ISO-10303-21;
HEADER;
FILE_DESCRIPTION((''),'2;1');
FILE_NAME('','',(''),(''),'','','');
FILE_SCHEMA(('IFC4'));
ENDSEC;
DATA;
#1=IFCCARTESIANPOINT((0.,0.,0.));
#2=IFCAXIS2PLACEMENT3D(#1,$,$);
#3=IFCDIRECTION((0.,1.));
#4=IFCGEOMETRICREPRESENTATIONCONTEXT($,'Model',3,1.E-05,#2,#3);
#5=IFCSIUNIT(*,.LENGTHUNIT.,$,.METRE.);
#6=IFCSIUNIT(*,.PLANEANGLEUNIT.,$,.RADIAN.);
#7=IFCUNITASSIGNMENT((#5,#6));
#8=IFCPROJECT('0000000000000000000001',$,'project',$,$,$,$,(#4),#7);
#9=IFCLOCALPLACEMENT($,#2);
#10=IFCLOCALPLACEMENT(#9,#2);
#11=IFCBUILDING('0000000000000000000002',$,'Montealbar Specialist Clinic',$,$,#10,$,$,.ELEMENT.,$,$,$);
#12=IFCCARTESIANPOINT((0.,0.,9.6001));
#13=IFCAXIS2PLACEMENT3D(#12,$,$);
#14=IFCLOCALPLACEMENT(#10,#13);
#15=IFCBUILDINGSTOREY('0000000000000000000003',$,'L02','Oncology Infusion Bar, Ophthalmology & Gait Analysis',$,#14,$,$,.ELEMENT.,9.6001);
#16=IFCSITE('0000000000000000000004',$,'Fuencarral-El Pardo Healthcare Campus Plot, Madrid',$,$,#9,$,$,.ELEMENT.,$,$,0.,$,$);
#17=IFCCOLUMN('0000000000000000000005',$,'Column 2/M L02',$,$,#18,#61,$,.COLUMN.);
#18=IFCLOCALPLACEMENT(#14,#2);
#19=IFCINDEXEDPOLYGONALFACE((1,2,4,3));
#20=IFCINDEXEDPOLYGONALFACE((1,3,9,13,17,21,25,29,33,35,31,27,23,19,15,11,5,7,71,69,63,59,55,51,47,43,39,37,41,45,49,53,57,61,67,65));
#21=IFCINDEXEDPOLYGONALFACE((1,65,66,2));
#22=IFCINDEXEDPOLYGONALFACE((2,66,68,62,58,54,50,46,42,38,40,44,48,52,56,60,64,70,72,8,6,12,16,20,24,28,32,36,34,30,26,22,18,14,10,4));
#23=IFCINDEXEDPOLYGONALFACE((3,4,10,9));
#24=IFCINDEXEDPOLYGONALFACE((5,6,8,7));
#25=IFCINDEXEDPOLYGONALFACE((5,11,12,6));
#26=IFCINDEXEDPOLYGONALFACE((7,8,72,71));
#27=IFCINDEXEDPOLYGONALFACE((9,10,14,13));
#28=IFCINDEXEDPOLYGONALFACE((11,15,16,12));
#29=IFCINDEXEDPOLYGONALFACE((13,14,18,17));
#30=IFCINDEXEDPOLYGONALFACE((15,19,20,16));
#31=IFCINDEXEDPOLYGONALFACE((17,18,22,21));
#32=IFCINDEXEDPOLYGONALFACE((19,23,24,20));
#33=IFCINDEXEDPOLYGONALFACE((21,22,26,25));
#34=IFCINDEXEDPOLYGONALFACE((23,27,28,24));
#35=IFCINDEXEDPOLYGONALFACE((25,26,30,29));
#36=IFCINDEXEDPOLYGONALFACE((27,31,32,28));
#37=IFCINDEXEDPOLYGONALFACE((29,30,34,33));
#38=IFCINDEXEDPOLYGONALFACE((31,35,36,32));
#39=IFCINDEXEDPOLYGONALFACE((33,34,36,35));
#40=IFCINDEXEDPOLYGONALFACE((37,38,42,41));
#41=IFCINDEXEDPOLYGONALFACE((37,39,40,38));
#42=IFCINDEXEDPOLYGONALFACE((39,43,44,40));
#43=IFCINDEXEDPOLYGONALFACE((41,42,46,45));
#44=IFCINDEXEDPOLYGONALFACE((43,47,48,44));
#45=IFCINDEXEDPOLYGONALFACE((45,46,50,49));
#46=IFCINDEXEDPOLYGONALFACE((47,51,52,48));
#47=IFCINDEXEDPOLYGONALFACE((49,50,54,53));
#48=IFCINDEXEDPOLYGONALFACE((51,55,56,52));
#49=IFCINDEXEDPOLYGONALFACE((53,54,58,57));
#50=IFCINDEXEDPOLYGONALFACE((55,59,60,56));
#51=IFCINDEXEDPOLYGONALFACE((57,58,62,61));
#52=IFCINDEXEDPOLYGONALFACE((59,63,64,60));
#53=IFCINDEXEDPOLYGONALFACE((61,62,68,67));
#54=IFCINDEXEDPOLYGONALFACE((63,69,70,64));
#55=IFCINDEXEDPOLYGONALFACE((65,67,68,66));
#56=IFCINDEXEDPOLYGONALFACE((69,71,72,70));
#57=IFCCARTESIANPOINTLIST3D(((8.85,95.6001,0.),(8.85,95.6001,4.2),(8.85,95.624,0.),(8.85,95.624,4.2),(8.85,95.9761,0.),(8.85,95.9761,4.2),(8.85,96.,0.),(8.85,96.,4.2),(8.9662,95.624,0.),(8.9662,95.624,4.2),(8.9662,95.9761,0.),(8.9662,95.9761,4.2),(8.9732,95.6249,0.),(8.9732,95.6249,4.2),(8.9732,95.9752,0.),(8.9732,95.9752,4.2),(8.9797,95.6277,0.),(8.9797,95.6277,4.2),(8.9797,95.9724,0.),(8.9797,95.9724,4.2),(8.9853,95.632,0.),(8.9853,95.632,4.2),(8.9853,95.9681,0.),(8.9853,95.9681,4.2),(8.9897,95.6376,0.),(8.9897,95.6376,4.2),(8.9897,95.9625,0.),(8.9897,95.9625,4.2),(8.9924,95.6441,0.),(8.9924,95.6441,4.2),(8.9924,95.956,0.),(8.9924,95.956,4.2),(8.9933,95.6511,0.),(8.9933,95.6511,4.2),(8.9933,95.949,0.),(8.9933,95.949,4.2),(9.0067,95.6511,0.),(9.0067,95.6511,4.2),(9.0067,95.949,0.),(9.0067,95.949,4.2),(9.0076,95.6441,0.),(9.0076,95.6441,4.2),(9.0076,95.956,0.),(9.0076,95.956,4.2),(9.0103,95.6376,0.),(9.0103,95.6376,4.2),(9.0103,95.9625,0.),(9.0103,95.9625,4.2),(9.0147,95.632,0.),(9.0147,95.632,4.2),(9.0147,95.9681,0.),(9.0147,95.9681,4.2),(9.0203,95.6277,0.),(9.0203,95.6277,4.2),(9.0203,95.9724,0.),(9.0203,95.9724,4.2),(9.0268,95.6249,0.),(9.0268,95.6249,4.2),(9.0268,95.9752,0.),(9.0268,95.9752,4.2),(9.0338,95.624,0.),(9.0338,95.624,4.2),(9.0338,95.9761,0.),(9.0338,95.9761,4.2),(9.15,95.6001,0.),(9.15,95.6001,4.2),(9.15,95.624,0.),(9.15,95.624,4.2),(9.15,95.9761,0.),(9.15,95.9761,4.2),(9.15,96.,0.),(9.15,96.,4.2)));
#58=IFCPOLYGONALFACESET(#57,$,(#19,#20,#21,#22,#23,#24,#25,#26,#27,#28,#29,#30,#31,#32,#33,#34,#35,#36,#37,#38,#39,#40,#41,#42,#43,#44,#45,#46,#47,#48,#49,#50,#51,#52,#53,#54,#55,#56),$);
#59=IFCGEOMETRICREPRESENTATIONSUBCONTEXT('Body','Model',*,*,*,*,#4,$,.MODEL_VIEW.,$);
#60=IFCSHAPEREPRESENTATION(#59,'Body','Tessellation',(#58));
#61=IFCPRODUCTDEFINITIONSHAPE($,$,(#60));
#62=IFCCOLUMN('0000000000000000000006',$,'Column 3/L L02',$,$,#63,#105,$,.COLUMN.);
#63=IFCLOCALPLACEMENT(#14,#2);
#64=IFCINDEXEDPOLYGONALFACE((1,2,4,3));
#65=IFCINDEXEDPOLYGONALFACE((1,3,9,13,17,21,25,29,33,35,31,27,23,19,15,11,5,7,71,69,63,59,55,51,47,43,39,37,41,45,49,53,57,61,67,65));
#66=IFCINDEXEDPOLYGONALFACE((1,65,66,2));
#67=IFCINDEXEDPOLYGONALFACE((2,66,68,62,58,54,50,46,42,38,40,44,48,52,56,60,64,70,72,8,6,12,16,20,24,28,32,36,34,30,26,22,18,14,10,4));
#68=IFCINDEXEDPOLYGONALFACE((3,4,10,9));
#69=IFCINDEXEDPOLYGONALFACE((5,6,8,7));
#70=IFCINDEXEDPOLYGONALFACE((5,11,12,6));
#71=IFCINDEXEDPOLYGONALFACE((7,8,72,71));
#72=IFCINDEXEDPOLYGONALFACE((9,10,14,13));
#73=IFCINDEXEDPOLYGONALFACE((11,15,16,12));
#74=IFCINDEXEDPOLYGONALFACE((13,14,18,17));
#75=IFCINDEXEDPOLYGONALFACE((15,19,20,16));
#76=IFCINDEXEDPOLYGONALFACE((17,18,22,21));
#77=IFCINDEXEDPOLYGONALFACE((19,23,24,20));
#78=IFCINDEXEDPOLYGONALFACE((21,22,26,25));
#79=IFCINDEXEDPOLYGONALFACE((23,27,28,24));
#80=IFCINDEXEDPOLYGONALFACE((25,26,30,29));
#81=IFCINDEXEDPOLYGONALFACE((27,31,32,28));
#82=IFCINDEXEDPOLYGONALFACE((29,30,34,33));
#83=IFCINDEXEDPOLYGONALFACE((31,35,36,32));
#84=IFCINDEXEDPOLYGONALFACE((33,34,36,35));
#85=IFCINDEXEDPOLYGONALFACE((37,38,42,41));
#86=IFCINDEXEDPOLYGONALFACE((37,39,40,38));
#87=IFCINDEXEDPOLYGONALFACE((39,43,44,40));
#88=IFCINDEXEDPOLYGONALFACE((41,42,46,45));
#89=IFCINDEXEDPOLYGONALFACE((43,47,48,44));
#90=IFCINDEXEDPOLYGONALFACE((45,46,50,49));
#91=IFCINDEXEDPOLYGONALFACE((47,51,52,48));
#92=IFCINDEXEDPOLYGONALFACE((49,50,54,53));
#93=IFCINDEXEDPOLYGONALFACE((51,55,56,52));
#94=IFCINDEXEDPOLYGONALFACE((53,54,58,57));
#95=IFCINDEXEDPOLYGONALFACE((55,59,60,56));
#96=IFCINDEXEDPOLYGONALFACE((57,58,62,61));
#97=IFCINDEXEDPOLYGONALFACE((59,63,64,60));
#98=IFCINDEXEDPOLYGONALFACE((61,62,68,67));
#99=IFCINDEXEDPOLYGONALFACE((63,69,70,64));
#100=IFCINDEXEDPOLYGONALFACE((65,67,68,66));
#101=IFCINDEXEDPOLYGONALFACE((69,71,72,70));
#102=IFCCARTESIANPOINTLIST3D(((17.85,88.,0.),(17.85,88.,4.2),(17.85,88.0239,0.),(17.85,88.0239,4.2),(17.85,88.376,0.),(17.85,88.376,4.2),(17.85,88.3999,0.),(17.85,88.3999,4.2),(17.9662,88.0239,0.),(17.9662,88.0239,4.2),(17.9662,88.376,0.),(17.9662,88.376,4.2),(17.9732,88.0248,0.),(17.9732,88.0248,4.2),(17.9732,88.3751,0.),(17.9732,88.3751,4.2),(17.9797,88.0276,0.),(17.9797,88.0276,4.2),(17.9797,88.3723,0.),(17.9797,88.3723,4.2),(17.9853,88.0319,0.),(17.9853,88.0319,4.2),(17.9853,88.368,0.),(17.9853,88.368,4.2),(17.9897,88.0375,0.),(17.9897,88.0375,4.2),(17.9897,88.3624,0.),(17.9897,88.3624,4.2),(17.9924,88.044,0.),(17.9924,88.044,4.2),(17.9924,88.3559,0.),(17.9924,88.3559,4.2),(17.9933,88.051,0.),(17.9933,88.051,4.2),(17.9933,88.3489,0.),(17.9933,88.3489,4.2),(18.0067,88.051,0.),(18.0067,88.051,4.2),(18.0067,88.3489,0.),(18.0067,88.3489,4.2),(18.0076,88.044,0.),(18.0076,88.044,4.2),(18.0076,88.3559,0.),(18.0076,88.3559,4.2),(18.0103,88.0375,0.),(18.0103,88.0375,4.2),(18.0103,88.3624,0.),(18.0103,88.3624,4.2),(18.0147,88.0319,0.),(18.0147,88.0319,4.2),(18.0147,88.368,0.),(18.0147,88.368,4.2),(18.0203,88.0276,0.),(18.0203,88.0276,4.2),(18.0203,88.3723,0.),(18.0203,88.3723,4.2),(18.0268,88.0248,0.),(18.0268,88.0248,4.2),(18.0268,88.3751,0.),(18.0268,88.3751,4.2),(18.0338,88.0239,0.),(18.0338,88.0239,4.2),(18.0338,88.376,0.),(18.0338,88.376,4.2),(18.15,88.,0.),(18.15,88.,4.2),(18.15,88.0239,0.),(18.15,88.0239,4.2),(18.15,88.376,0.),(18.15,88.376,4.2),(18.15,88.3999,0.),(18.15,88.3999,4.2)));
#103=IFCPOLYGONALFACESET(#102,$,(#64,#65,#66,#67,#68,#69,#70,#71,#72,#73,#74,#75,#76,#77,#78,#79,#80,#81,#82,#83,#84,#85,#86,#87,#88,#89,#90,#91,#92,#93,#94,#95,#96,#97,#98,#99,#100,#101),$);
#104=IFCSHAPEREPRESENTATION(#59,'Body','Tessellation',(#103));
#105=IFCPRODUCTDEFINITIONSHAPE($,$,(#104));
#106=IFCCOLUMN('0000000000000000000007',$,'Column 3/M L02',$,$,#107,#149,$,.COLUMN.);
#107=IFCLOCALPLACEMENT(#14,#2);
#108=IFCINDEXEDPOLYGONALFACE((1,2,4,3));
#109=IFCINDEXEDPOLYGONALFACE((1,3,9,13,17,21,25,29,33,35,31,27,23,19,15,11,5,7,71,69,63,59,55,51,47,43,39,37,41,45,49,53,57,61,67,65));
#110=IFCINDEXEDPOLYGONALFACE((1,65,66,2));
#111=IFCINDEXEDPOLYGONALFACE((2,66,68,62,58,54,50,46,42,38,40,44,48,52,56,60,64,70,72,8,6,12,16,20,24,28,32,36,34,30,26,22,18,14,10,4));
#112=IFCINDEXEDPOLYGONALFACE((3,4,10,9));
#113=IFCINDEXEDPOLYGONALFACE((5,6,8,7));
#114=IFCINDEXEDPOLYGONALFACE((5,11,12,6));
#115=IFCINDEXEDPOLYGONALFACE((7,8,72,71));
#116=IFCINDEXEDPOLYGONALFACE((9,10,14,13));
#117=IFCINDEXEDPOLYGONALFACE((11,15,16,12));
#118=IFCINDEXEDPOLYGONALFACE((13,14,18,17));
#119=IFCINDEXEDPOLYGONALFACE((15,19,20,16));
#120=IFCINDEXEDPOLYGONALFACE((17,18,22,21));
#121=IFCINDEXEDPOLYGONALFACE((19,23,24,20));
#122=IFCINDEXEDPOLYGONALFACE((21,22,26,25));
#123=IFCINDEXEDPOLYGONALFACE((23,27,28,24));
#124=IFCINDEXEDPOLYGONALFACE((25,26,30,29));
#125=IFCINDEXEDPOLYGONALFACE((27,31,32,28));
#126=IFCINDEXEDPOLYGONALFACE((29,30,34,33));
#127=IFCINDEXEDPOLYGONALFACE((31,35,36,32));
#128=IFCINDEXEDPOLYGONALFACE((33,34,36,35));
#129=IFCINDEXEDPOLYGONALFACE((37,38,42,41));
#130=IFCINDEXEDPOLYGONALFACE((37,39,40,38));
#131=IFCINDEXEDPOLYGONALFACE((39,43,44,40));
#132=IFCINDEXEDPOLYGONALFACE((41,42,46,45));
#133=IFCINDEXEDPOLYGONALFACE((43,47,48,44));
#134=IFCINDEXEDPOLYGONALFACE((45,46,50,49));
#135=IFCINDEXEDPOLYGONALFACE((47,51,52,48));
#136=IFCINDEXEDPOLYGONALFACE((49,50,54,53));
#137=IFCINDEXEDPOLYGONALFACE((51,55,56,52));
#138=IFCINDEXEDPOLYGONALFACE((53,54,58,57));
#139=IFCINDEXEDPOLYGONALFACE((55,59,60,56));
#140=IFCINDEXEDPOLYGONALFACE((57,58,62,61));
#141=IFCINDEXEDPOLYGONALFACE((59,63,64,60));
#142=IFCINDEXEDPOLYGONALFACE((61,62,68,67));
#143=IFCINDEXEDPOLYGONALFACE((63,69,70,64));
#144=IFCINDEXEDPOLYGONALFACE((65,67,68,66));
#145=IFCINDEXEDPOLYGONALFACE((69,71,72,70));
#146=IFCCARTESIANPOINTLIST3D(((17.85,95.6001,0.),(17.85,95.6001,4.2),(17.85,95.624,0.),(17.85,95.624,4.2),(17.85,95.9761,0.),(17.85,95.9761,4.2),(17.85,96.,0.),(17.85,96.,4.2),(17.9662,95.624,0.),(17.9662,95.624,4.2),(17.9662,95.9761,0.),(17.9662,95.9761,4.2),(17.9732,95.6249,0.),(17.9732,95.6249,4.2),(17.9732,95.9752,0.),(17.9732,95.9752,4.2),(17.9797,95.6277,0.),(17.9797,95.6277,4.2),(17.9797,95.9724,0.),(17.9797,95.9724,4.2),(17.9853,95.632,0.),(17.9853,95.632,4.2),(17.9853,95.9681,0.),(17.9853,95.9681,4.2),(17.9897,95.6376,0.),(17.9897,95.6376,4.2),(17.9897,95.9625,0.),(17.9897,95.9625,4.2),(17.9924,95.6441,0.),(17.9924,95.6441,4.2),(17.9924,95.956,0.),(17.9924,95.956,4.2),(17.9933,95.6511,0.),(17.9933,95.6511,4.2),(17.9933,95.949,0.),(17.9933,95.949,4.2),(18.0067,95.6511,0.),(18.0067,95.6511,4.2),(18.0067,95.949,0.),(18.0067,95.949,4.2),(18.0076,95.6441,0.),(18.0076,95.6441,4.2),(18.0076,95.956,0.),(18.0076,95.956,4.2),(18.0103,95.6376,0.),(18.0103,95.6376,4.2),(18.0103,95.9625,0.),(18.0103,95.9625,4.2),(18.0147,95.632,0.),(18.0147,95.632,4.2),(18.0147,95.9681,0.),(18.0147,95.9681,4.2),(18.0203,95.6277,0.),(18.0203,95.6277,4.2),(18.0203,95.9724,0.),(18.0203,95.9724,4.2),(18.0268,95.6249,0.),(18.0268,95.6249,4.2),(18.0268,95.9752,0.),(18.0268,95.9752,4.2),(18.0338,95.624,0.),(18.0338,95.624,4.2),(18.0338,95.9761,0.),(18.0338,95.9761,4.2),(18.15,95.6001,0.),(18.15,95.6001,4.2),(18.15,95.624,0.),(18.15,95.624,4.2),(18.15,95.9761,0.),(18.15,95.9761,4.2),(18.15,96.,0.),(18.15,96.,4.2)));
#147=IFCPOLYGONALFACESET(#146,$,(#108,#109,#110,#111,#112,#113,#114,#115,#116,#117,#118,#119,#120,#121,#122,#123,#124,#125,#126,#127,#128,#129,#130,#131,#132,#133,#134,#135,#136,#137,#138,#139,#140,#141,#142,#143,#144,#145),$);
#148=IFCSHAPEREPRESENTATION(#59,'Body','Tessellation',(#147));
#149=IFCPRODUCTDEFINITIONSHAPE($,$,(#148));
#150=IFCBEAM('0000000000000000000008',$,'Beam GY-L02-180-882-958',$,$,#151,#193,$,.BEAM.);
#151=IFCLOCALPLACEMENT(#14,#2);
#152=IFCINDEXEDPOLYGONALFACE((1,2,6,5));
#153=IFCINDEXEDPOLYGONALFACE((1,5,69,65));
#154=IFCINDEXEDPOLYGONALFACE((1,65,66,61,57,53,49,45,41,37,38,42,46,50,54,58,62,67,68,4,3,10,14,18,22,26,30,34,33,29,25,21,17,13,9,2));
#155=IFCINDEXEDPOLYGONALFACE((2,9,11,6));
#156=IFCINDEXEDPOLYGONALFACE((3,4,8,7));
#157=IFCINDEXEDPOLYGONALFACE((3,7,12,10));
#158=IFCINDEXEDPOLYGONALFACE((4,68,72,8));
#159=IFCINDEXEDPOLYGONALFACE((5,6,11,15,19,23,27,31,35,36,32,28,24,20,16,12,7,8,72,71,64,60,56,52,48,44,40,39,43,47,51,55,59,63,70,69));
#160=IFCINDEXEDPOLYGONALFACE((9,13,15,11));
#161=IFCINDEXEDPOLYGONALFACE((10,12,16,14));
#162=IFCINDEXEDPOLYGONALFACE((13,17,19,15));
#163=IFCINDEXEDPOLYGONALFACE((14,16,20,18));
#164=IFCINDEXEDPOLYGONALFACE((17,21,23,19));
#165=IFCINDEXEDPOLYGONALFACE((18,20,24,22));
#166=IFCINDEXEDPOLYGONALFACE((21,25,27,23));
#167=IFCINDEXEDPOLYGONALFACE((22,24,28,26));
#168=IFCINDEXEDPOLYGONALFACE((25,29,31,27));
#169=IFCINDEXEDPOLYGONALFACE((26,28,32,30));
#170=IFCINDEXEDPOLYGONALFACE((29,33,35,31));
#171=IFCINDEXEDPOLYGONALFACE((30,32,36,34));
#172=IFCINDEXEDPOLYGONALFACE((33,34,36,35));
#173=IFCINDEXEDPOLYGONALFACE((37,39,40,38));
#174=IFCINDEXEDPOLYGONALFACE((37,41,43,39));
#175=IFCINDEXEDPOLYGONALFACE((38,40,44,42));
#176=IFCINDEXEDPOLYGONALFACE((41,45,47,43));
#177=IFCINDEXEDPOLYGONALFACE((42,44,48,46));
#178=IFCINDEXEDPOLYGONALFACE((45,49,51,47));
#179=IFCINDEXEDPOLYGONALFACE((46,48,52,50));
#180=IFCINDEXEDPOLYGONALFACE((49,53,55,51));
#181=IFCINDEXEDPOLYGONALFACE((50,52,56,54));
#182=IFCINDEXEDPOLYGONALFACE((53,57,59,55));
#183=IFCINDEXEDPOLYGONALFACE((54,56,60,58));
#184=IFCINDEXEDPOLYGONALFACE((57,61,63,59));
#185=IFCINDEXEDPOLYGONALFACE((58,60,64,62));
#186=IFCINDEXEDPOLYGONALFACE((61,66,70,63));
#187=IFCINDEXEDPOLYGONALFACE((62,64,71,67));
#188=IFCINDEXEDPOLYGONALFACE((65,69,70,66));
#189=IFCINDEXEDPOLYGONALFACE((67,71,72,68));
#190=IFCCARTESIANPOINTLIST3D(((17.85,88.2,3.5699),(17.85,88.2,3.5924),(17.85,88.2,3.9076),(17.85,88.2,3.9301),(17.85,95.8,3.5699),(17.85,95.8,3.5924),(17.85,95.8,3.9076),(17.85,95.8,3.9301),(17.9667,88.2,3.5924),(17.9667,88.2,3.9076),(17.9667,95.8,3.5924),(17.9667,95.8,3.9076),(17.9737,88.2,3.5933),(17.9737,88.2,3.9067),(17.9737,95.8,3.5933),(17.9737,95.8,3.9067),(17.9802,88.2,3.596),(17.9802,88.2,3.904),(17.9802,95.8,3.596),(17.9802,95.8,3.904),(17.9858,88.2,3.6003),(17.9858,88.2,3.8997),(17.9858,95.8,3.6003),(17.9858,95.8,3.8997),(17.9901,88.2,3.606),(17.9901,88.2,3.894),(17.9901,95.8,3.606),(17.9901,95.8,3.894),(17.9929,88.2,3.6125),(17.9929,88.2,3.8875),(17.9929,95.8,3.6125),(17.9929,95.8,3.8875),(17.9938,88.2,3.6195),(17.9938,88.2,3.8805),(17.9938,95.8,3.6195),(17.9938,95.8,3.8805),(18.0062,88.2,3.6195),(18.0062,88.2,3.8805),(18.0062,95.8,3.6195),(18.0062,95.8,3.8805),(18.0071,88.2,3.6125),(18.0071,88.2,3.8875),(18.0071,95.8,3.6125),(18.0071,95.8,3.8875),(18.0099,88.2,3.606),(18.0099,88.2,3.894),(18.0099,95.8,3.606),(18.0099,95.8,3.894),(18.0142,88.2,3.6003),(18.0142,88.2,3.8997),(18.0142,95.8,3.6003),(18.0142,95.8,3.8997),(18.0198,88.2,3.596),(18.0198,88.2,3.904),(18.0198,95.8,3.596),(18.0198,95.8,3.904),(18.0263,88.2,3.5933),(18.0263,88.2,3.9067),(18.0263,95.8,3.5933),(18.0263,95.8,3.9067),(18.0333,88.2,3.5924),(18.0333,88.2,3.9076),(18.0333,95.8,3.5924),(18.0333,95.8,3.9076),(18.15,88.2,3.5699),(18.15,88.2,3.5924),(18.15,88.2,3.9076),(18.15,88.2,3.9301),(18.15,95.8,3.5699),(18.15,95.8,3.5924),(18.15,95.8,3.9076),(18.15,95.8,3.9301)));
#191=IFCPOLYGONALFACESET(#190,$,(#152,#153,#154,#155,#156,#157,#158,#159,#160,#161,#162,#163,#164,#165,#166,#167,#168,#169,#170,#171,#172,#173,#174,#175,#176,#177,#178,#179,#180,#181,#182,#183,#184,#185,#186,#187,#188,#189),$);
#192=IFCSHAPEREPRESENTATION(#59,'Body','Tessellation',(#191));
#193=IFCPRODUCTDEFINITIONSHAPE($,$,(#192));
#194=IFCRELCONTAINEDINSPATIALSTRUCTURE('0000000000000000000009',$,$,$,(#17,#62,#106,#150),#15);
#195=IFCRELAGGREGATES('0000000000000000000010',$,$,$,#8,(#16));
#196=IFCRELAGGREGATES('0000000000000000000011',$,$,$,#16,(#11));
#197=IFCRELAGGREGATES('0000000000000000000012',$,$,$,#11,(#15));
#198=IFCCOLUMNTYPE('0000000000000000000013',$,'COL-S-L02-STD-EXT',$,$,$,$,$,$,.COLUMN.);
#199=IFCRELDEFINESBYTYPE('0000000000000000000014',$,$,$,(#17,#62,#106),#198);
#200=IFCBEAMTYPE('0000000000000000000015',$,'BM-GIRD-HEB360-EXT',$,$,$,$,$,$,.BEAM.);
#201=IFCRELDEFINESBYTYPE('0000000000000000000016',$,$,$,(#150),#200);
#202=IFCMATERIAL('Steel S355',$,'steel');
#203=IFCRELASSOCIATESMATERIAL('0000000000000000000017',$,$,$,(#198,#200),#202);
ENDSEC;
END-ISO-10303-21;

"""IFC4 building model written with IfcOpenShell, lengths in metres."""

from ifc_helpers import new_model, si_unit, direction, frame, origin, origin_2d, place, context, subcontext, project, spatial, i_section, extrude, material, material_profile, profile_set, type_object, element, save


model = new_model("IFC4")

# Units and contexts
model_context = context("Model", 3, precision=1e-05, world=origin(), true_north=direction((0.0, 1.0)))
body_context = subcontext(model_context, "Body", "Model", "MODEL_VIEW")
ifc_project = project(units=[si_unit("LENGTHUNIT", "METRE"), si_unit("PLANEANGLEUNIT", "RADIAN")], contexts=[model_context])

# Site, building, storey
site_placement = place(None, origin())
site = spatial("IfcSite", under=ifc_project, at=site_placement, Name="Fuencarral-El Pardo Healthcare Campus Plot, Madrid", CompositionType="ELEMENT", RefElevation=0.0)
building_placement = place(site_placement, origin())
building = spatial("IfcBuilding", under=site, at=building_placement, Name="Montealbar Specialist Clinic", CompositionType="ELEMENT")
storey_placement = place(building_placement, frame((0.0, 0.0, 9.6001)))
storey = spatial("IfcBuildingStorey", under=building, at=storey_placement, Name="L02", Description="Oncology Infusion Bar, Ophthalmology & Gait Analysis", CompositionType="ELEMENT", Elevation=9.6001)

# Columns
ifc_material_1 = material(Name="Steel S355", Category="steel")
ifc_material_profile_1 = material_profile(ifc_material_1, i_section(OverallWidth=0.3, OverallDepth=0.3999, WebThickness=0.0134, FlangeThickness=0.0239, FilletRadius=0.0271, at=origin_2d()), Name="HEB 400", Category="steel")
ifc_profile_set_1 = profile_set([ifc_material_profile_1], Name="Steel S355")
column_type = type_object("IfcColumnType", Name="COL-S-L02-STD-EXT", PredefinedType="COLUMN", material=ifc_profile_set_1)
for number, where, z_axis, x_axis, name in (
    (1, (9.0, 95.8, 0.0), (0.0, 0.0, 1.0), (1.0, 0.0, 0.0), "Column 2/M L02"),
    (2, (18.0, 88.2, 0.0), (0.0, 0.0, 1.0), (1.0, 0.0, 0.0), "Column 3/L L02"),
    (3, (18.0, 95.8, 0.0), (0.0, 0.0, 1.0), (1.0, 0.0, 0.0), "Column 3/M L02"),
):
    element("IfcColumn", number, at=place(storey_placement, frame(where, z_axis=z_axis, x_axis=x_axis)), inside=storey, type_object=column_type, Name=name, PredefinedType="COLUMN", context=body_context, shape_type="SweptSolid", body=[
        extrude(i_section(OverallWidth=0.3, OverallDepth=0.3999, WebThickness=0.0134, FlangeThickness=0.0239, FilletRadius=0.0271, at=origin_2d()), origin(), (0.0, 0.0, 1.0), 4.2),
    ])

# Beam
ifc_material_profile_2 = material_profile(ifc_material_1, i_section(OverallWidth=0.3, OverallDepth=0.3601, WebThickness=0.0125, FlangeThickness=0.0225, FilletRadius=0.0271, at=origin_2d()), Name="HEB 360", Category="steel")
ifc_profile_set_2 = profile_set([ifc_material_profile_2], Name="Steel S355")
beam_type_1 = type_object("IfcBeamType", Name="BM-GIRD-HEB360-EXT", PredefinedType="BEAM", material=ifc_profile_set_2)
beam_1_placement = place(storey_placement, frame((18.0, 88.2, 3.75), z_axis=(0.0, 1.0, 0.0), x_axis=(-1.0, 0.0, 0.0)))
element("IfcBeam", 4, at=beam_1_placement, inside=storey, type_object=beam_type_1, Name="Beam GY-L02-180-882-958", PredefinedType="BEAM", context=body_context, shape_type="SweptSolid", body=[
    extrude(i_section(OverallWidth=0.3, OverallDepth=0.3601, WebThickness=0.0125, FlangeThickness=0.0225, FilletRadius=0.0271, at=origin_2d()), origin(), (0.0, 0.0, 1.0), 7.6001),
])

save(model, "model.ifc")
